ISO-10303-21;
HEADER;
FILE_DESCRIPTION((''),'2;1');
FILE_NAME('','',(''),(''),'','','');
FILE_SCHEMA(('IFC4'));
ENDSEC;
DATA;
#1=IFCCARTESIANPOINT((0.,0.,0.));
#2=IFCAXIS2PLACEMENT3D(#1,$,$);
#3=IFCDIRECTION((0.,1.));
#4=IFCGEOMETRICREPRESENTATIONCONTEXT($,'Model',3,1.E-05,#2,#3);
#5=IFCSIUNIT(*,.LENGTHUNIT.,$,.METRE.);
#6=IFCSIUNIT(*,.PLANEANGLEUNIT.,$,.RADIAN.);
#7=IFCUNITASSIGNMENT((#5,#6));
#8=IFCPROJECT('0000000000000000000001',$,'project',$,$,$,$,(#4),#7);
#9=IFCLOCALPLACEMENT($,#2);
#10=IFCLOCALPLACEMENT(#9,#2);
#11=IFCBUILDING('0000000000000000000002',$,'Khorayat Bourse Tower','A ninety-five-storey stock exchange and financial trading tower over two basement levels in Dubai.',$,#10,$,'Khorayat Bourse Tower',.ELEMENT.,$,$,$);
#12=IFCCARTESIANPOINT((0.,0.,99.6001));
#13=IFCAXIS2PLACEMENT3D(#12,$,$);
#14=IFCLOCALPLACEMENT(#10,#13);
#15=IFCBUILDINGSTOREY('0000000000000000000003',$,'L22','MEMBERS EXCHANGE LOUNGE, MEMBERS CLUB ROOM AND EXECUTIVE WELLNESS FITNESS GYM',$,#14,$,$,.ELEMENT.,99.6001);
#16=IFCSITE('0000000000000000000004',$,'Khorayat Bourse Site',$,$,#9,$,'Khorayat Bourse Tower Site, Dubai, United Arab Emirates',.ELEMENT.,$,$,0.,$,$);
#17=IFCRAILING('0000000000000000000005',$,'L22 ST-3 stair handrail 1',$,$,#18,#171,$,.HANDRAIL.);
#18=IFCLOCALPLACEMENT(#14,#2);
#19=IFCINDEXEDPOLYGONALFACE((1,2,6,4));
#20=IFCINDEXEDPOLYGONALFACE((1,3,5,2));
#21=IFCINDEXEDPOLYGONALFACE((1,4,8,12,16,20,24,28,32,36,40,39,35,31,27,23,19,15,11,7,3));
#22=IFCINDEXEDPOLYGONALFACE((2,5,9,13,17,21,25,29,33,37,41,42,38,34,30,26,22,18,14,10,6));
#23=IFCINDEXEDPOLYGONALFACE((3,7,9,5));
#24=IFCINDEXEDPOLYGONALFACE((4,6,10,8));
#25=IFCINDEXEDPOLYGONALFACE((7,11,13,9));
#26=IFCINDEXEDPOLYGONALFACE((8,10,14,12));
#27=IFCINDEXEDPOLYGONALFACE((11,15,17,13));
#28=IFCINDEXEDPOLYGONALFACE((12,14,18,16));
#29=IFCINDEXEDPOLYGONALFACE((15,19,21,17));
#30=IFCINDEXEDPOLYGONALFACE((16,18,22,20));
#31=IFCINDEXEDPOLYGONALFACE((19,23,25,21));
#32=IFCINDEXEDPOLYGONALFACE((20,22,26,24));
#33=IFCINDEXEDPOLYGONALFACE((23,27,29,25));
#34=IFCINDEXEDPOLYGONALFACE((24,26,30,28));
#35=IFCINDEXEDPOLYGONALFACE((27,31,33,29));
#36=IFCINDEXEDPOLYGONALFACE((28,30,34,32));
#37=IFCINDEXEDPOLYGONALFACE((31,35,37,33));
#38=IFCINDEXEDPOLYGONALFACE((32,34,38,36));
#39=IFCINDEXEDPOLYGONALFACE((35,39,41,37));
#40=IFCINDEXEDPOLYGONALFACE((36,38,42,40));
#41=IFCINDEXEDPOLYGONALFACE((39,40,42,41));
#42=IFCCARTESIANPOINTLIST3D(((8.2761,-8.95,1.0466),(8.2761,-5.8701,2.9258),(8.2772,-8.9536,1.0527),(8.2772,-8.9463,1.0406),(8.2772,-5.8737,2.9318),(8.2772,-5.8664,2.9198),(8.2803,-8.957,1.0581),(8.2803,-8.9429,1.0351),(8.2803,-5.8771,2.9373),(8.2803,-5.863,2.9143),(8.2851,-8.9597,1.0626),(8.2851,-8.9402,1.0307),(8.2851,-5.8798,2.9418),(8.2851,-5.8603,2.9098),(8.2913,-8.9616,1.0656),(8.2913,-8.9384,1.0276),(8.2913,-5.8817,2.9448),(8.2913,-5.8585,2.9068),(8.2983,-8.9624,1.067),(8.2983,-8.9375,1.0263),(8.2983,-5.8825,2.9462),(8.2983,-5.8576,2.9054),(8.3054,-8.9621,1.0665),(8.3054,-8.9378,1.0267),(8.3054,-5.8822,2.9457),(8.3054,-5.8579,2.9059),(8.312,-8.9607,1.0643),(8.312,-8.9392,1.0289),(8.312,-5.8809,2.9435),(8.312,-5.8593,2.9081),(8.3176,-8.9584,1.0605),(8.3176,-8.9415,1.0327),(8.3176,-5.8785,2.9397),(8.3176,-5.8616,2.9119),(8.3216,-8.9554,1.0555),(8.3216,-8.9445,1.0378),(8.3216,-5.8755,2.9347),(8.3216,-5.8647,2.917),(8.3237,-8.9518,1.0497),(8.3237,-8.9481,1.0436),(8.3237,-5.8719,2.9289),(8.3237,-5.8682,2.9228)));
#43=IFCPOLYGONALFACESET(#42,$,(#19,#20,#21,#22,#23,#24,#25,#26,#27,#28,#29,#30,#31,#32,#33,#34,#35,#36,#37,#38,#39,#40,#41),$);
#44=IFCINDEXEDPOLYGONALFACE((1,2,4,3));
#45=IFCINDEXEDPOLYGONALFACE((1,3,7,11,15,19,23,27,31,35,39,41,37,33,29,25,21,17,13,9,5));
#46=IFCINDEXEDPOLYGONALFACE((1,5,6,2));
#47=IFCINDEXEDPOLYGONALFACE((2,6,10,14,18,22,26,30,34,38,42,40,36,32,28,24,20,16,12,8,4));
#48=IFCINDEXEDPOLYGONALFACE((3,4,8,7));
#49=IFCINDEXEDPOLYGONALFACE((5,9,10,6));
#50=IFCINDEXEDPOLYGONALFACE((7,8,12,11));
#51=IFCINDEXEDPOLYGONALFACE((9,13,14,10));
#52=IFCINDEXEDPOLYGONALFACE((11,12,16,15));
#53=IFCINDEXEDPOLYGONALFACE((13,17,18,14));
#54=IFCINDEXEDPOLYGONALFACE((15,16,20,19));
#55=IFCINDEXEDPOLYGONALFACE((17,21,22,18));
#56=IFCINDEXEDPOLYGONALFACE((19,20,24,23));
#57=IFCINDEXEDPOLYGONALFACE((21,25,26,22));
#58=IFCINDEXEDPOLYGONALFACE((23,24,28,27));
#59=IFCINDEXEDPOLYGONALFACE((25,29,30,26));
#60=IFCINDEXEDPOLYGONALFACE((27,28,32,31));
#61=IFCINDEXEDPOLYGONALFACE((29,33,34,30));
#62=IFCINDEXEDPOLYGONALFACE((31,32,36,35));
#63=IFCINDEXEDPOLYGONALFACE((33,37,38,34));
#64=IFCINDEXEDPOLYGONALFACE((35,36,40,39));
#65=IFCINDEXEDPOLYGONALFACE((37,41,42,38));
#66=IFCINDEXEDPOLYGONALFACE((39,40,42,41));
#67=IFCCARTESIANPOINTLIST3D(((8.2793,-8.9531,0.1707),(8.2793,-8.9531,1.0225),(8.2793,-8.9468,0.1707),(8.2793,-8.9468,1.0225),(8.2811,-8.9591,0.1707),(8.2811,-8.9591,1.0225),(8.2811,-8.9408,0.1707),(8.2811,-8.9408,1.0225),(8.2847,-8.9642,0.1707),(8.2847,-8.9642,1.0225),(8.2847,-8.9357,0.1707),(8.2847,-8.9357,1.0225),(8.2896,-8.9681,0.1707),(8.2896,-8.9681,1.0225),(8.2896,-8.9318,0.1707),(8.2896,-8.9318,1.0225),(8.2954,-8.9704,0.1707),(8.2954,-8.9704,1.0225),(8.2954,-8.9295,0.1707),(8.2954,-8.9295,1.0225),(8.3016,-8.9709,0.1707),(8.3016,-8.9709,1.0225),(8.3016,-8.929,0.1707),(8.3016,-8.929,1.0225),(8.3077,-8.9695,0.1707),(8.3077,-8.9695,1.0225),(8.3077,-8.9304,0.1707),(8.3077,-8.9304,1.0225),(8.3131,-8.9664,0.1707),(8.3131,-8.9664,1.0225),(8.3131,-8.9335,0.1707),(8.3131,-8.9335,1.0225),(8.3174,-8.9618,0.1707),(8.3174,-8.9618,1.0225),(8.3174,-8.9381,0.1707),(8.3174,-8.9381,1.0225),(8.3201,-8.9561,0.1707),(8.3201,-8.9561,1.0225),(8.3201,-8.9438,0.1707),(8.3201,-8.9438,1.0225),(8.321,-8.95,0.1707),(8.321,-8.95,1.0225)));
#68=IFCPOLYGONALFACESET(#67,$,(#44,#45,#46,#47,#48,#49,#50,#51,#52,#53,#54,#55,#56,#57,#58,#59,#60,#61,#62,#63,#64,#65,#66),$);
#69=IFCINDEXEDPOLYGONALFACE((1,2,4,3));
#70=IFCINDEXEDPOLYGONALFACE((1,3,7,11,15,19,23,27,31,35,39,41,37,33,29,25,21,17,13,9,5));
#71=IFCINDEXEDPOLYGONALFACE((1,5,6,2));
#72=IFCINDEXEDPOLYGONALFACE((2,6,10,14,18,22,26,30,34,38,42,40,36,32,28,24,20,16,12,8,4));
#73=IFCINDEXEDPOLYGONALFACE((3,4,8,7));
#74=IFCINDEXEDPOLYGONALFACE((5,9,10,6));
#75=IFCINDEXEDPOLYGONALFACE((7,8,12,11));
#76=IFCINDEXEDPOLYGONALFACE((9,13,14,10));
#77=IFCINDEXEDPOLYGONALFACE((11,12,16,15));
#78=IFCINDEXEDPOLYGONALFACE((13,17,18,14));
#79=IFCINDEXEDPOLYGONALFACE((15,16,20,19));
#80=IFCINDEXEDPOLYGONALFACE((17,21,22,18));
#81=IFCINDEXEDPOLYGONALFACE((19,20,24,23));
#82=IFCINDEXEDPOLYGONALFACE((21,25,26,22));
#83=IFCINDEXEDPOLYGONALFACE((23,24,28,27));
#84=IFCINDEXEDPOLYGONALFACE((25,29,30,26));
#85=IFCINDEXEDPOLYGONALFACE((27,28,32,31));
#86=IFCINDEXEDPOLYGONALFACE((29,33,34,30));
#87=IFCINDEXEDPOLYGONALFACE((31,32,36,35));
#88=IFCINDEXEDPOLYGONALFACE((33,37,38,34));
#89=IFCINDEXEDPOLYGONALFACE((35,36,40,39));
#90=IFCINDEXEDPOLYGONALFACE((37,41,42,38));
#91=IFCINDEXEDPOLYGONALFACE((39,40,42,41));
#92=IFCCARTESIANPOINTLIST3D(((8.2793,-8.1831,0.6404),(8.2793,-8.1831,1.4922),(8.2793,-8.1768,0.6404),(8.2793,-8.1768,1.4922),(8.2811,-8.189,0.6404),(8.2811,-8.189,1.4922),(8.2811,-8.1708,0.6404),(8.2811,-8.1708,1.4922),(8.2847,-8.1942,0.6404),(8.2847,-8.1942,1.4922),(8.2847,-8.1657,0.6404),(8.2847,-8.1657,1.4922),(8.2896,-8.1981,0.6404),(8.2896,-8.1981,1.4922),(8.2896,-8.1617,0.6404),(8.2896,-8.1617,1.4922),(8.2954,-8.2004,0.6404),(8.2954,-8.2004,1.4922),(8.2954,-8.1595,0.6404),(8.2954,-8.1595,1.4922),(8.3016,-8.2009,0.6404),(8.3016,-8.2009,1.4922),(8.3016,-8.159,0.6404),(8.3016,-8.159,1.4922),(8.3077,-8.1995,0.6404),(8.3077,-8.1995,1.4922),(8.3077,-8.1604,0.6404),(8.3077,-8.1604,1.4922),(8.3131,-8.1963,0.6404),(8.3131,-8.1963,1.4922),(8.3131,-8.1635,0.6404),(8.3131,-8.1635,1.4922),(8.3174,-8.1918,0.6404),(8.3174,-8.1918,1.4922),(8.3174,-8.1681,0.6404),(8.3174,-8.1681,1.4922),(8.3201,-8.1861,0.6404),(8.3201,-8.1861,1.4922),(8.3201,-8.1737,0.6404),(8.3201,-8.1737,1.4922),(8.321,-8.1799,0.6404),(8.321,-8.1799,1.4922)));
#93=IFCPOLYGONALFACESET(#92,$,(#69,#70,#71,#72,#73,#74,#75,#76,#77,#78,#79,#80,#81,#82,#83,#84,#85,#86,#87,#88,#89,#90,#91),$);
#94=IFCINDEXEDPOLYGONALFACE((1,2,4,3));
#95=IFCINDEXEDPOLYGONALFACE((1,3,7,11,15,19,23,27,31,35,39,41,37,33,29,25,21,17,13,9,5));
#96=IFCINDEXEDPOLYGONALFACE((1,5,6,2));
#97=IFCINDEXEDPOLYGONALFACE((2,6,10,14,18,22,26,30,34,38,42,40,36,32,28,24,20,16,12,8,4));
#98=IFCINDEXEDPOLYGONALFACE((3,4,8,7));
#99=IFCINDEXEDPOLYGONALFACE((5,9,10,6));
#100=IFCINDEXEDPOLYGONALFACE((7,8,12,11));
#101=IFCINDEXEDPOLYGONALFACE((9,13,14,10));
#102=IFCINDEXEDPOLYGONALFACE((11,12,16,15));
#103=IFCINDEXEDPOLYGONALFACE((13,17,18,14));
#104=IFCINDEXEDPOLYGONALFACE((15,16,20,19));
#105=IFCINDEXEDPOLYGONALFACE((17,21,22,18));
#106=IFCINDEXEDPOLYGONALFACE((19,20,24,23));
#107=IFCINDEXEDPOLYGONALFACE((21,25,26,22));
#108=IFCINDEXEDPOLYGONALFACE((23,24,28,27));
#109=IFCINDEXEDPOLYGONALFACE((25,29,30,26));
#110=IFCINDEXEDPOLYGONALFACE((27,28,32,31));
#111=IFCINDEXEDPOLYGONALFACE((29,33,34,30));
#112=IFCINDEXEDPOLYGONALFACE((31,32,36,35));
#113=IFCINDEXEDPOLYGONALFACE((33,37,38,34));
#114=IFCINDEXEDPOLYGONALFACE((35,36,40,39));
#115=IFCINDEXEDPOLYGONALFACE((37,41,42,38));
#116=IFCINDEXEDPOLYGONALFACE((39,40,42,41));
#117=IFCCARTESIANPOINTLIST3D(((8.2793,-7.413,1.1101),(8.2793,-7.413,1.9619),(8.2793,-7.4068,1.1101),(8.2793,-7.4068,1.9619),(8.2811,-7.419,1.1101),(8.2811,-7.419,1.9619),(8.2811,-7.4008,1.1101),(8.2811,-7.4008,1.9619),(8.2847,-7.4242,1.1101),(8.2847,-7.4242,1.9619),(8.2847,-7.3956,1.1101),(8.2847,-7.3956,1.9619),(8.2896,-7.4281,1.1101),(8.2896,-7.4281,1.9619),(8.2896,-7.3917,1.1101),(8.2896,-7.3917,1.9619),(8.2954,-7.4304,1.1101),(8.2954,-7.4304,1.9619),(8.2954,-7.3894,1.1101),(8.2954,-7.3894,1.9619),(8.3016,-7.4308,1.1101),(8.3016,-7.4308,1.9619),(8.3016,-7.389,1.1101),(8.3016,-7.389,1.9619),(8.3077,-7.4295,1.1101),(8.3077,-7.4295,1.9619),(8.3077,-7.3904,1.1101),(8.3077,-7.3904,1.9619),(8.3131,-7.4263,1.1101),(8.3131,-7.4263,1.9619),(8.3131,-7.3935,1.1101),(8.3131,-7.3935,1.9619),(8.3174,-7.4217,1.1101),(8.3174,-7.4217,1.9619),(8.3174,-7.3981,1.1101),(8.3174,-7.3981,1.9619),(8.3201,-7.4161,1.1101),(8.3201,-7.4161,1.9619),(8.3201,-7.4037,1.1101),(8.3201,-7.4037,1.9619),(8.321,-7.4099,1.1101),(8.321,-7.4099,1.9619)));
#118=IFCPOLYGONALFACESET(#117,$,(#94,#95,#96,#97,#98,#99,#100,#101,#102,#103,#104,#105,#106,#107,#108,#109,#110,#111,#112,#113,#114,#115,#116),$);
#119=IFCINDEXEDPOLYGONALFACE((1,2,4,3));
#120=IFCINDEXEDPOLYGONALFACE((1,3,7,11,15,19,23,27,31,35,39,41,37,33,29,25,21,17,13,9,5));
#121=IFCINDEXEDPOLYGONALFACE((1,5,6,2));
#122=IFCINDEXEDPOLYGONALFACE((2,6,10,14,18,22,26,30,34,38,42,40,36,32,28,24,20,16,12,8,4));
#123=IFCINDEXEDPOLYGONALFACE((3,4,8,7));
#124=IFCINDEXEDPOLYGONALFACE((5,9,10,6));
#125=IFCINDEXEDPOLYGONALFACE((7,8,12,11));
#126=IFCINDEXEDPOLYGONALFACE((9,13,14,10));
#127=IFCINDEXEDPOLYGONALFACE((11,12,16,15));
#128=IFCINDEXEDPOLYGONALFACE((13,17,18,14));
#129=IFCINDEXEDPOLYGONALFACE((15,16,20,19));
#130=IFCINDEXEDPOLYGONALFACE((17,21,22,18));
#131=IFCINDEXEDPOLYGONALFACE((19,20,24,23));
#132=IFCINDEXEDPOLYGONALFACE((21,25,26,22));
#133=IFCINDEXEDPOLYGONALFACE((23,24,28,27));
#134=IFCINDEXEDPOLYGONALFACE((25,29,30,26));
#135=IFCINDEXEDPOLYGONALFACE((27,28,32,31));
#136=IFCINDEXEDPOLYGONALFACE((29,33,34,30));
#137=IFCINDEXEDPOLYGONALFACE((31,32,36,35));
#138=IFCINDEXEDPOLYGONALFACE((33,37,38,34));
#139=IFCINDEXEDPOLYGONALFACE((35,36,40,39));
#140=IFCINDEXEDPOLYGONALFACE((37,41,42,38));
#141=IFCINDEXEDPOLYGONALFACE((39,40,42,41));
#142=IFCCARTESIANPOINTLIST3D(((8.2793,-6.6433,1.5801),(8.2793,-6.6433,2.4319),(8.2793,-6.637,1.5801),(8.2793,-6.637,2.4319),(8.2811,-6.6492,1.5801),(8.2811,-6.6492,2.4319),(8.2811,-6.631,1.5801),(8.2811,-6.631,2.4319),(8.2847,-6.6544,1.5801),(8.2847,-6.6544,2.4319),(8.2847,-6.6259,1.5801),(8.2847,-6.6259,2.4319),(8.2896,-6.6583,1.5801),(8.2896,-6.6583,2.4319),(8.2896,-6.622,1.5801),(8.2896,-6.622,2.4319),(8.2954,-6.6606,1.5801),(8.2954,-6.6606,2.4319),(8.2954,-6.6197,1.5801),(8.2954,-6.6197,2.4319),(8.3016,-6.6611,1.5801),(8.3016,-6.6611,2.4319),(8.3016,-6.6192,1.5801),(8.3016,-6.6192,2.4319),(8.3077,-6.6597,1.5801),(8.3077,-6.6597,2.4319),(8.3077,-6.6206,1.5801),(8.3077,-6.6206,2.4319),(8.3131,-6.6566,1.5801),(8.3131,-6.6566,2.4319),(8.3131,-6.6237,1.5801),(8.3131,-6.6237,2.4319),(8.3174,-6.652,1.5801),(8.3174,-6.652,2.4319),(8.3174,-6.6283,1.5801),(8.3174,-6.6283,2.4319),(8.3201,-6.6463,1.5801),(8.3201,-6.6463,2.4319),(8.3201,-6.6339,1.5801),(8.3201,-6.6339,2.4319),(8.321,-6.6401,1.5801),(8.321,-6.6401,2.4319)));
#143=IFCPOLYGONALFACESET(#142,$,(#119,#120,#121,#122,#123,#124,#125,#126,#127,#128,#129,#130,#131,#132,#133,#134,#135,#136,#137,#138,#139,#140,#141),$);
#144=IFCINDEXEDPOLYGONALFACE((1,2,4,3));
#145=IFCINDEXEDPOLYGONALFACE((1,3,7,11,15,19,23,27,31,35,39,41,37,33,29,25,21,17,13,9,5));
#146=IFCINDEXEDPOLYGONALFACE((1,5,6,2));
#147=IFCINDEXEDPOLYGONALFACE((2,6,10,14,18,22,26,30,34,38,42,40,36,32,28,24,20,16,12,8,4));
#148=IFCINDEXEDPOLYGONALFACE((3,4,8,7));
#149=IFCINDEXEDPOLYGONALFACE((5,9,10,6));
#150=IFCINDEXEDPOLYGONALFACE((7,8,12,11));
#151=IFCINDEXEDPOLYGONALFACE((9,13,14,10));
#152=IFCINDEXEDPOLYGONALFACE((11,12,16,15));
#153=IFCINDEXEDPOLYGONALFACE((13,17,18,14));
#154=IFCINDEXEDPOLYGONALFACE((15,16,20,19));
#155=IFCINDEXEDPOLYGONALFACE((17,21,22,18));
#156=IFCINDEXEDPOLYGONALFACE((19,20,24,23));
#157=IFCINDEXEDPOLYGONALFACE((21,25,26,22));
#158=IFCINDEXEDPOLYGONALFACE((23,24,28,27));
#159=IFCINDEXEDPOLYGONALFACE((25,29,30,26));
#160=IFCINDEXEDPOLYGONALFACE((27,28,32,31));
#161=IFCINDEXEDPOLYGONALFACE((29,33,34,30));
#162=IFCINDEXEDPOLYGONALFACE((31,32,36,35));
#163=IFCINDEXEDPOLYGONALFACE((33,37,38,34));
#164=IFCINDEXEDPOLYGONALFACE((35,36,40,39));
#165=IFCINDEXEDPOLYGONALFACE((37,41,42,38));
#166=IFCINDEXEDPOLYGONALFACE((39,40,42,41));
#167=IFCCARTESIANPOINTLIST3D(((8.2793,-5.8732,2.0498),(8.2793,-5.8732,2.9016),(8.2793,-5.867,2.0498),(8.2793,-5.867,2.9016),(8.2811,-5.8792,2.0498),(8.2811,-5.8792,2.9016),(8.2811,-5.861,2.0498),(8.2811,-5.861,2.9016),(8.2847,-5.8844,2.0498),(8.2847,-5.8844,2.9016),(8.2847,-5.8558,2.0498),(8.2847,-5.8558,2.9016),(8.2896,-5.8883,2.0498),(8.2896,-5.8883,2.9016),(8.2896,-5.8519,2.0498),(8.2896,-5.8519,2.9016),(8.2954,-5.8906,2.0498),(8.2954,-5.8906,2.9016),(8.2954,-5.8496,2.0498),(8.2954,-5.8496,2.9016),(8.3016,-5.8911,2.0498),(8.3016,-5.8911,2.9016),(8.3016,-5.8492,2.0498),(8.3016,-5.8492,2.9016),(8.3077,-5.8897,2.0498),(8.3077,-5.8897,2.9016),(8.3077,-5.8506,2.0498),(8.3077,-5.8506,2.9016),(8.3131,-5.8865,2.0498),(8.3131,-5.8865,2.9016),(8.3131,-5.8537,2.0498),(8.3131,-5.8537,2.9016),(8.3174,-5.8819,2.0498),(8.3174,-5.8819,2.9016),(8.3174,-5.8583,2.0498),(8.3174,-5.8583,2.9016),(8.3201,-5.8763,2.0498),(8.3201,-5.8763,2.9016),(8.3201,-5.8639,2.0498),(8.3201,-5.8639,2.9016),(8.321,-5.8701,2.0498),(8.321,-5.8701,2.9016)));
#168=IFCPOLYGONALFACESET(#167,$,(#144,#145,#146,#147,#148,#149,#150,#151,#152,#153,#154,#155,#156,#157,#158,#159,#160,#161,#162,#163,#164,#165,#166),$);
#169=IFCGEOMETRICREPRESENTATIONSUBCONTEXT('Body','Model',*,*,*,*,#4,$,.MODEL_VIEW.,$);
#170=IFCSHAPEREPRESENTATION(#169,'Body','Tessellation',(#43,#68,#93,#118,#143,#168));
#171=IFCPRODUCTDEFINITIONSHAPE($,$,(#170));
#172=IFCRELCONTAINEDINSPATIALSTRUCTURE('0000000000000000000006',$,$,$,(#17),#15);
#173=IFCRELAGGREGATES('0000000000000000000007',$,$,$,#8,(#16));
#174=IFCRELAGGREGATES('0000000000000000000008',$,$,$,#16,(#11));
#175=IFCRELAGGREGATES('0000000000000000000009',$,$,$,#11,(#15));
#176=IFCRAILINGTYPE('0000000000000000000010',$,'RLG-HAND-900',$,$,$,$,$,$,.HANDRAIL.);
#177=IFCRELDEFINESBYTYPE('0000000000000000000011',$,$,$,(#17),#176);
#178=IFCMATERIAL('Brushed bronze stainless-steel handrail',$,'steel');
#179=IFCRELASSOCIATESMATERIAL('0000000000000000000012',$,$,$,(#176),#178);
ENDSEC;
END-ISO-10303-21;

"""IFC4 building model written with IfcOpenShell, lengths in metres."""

from ifc_helpers import new_model, si_unit, direction, frame, origin, origin_2d, place, context, subcontext, project, spatial, circle, extrude, source, transform, mapped, material, type_object, element, save


model = new_model("IFC4")

# Units and contexts
model_context = context("Model", 3, precision=1e-05, world=origin(), true_north=direction((0.0, 1.0)))
body_context = subcontext(model_context, "Body", "Model", "MODEL_VIEW")
ifc_project = project(units=[si_unit("LENGTHUNIT", "METRE"), si_unit("PLANEANGLEUNIT", "RADIAN")], contexts=[model_context])

# Site, building, storey
site_placement = place(None, origin())
site = spatial("IfcSite", under=ifc_project, at=site_placement, Name="Khorayat Bourse Site", LongName="Khorayat Bourse Tower Site, Dubai, United Arab Emirates", CompositionType="ELEMENT", RefElevation=0.0)
building_placement = place(site_placement, origin())
building = spatial("IfcBuilding", under=site, at=building_placement, Name="Khorayat Bourse Tower", Description="A ninety-five-storey stock exchange and financial trading tower over two basement levels in Dubai.", LongName="Khorayat Bourse Tower", CompositionType="ELEMENT")
storey_placement = place(building_placement, frame((0.0, 0.0, 99.6001)))
storey = spatial("IfcBuildingStorey", under=building, at=storey_placement, Name="L22", Description="MEMBERS EXCHANGE LOUNGE, MEMBERS CLUB ROOM AND EXECUTIVE WELLNESS FITNESS GYM", CompositionType="ELEMENT", Elevation=99.6001)

# Railing
ifc_material_1 = material(Name="Brushed bronze stainless-steel handrail", Category="steel")
railing_type_1 = type_object("IfcRailingType", Name="RLG-HAND-900", PredefinedType="HANDRAIL", material=ifc_material_1)
shared_shape_1 = source(origin(), body_context, "Body", "SweptSolid", [
    extrude(circle(Radius=0.0239, at=origin_2d()), frame((0.0, 0.0, 0.876), z_axis=(0.0, 0.853648, 0.52085), x_axis=(-1.0, 0.0, 0.0)), (0.0, 0.0, 1.0), 3.6079),
    extrude(circle(Radius=0.021, at=origin_2d()), origin(), (0.0, 0.0, 1.0), 0.8518),
    extrude(circle(Radius=0.021, at=origin_2d()), frame((0.0, 0.77, 0.4697)), (0.0, 0.0, 1.0), 0.8518),
    extrude(circle(Radius=0.021, at=origin_2d()), frame((0.0, 1.54, 0.9395)), (0.0, 0.0, 1.0), 0.8518),
    extrude(circle(Radius=0.021, at=origin_2d()), frame((0.0, 2.3098, 1.4094)), (0.0, 0.0, 1.0), 0.8518),
    extrude(circle(Radius=0.021, at=origin_2d()), frame((0.0, 3.0798, 1.8792)), (0.0, 0.0, 1.0), 0.8518),
])
railing_1_placement = place(storey_placement, frame((8.3, -8.95, 0.1707)))
element("IfcRailing", 1, at=railing_1_placement, inside=storey, type_object=railing_type_1, Name="L22 ST-3 stair handrail 1", PredefinedType="HANDRAIL", context=body_context, shape_type="MappedRepresentation", body=[
    mapped(shared_shape_1, transform((0.0, 0.0, 0.0), scale=1.0)),
])

save(model, "model.ifc")
